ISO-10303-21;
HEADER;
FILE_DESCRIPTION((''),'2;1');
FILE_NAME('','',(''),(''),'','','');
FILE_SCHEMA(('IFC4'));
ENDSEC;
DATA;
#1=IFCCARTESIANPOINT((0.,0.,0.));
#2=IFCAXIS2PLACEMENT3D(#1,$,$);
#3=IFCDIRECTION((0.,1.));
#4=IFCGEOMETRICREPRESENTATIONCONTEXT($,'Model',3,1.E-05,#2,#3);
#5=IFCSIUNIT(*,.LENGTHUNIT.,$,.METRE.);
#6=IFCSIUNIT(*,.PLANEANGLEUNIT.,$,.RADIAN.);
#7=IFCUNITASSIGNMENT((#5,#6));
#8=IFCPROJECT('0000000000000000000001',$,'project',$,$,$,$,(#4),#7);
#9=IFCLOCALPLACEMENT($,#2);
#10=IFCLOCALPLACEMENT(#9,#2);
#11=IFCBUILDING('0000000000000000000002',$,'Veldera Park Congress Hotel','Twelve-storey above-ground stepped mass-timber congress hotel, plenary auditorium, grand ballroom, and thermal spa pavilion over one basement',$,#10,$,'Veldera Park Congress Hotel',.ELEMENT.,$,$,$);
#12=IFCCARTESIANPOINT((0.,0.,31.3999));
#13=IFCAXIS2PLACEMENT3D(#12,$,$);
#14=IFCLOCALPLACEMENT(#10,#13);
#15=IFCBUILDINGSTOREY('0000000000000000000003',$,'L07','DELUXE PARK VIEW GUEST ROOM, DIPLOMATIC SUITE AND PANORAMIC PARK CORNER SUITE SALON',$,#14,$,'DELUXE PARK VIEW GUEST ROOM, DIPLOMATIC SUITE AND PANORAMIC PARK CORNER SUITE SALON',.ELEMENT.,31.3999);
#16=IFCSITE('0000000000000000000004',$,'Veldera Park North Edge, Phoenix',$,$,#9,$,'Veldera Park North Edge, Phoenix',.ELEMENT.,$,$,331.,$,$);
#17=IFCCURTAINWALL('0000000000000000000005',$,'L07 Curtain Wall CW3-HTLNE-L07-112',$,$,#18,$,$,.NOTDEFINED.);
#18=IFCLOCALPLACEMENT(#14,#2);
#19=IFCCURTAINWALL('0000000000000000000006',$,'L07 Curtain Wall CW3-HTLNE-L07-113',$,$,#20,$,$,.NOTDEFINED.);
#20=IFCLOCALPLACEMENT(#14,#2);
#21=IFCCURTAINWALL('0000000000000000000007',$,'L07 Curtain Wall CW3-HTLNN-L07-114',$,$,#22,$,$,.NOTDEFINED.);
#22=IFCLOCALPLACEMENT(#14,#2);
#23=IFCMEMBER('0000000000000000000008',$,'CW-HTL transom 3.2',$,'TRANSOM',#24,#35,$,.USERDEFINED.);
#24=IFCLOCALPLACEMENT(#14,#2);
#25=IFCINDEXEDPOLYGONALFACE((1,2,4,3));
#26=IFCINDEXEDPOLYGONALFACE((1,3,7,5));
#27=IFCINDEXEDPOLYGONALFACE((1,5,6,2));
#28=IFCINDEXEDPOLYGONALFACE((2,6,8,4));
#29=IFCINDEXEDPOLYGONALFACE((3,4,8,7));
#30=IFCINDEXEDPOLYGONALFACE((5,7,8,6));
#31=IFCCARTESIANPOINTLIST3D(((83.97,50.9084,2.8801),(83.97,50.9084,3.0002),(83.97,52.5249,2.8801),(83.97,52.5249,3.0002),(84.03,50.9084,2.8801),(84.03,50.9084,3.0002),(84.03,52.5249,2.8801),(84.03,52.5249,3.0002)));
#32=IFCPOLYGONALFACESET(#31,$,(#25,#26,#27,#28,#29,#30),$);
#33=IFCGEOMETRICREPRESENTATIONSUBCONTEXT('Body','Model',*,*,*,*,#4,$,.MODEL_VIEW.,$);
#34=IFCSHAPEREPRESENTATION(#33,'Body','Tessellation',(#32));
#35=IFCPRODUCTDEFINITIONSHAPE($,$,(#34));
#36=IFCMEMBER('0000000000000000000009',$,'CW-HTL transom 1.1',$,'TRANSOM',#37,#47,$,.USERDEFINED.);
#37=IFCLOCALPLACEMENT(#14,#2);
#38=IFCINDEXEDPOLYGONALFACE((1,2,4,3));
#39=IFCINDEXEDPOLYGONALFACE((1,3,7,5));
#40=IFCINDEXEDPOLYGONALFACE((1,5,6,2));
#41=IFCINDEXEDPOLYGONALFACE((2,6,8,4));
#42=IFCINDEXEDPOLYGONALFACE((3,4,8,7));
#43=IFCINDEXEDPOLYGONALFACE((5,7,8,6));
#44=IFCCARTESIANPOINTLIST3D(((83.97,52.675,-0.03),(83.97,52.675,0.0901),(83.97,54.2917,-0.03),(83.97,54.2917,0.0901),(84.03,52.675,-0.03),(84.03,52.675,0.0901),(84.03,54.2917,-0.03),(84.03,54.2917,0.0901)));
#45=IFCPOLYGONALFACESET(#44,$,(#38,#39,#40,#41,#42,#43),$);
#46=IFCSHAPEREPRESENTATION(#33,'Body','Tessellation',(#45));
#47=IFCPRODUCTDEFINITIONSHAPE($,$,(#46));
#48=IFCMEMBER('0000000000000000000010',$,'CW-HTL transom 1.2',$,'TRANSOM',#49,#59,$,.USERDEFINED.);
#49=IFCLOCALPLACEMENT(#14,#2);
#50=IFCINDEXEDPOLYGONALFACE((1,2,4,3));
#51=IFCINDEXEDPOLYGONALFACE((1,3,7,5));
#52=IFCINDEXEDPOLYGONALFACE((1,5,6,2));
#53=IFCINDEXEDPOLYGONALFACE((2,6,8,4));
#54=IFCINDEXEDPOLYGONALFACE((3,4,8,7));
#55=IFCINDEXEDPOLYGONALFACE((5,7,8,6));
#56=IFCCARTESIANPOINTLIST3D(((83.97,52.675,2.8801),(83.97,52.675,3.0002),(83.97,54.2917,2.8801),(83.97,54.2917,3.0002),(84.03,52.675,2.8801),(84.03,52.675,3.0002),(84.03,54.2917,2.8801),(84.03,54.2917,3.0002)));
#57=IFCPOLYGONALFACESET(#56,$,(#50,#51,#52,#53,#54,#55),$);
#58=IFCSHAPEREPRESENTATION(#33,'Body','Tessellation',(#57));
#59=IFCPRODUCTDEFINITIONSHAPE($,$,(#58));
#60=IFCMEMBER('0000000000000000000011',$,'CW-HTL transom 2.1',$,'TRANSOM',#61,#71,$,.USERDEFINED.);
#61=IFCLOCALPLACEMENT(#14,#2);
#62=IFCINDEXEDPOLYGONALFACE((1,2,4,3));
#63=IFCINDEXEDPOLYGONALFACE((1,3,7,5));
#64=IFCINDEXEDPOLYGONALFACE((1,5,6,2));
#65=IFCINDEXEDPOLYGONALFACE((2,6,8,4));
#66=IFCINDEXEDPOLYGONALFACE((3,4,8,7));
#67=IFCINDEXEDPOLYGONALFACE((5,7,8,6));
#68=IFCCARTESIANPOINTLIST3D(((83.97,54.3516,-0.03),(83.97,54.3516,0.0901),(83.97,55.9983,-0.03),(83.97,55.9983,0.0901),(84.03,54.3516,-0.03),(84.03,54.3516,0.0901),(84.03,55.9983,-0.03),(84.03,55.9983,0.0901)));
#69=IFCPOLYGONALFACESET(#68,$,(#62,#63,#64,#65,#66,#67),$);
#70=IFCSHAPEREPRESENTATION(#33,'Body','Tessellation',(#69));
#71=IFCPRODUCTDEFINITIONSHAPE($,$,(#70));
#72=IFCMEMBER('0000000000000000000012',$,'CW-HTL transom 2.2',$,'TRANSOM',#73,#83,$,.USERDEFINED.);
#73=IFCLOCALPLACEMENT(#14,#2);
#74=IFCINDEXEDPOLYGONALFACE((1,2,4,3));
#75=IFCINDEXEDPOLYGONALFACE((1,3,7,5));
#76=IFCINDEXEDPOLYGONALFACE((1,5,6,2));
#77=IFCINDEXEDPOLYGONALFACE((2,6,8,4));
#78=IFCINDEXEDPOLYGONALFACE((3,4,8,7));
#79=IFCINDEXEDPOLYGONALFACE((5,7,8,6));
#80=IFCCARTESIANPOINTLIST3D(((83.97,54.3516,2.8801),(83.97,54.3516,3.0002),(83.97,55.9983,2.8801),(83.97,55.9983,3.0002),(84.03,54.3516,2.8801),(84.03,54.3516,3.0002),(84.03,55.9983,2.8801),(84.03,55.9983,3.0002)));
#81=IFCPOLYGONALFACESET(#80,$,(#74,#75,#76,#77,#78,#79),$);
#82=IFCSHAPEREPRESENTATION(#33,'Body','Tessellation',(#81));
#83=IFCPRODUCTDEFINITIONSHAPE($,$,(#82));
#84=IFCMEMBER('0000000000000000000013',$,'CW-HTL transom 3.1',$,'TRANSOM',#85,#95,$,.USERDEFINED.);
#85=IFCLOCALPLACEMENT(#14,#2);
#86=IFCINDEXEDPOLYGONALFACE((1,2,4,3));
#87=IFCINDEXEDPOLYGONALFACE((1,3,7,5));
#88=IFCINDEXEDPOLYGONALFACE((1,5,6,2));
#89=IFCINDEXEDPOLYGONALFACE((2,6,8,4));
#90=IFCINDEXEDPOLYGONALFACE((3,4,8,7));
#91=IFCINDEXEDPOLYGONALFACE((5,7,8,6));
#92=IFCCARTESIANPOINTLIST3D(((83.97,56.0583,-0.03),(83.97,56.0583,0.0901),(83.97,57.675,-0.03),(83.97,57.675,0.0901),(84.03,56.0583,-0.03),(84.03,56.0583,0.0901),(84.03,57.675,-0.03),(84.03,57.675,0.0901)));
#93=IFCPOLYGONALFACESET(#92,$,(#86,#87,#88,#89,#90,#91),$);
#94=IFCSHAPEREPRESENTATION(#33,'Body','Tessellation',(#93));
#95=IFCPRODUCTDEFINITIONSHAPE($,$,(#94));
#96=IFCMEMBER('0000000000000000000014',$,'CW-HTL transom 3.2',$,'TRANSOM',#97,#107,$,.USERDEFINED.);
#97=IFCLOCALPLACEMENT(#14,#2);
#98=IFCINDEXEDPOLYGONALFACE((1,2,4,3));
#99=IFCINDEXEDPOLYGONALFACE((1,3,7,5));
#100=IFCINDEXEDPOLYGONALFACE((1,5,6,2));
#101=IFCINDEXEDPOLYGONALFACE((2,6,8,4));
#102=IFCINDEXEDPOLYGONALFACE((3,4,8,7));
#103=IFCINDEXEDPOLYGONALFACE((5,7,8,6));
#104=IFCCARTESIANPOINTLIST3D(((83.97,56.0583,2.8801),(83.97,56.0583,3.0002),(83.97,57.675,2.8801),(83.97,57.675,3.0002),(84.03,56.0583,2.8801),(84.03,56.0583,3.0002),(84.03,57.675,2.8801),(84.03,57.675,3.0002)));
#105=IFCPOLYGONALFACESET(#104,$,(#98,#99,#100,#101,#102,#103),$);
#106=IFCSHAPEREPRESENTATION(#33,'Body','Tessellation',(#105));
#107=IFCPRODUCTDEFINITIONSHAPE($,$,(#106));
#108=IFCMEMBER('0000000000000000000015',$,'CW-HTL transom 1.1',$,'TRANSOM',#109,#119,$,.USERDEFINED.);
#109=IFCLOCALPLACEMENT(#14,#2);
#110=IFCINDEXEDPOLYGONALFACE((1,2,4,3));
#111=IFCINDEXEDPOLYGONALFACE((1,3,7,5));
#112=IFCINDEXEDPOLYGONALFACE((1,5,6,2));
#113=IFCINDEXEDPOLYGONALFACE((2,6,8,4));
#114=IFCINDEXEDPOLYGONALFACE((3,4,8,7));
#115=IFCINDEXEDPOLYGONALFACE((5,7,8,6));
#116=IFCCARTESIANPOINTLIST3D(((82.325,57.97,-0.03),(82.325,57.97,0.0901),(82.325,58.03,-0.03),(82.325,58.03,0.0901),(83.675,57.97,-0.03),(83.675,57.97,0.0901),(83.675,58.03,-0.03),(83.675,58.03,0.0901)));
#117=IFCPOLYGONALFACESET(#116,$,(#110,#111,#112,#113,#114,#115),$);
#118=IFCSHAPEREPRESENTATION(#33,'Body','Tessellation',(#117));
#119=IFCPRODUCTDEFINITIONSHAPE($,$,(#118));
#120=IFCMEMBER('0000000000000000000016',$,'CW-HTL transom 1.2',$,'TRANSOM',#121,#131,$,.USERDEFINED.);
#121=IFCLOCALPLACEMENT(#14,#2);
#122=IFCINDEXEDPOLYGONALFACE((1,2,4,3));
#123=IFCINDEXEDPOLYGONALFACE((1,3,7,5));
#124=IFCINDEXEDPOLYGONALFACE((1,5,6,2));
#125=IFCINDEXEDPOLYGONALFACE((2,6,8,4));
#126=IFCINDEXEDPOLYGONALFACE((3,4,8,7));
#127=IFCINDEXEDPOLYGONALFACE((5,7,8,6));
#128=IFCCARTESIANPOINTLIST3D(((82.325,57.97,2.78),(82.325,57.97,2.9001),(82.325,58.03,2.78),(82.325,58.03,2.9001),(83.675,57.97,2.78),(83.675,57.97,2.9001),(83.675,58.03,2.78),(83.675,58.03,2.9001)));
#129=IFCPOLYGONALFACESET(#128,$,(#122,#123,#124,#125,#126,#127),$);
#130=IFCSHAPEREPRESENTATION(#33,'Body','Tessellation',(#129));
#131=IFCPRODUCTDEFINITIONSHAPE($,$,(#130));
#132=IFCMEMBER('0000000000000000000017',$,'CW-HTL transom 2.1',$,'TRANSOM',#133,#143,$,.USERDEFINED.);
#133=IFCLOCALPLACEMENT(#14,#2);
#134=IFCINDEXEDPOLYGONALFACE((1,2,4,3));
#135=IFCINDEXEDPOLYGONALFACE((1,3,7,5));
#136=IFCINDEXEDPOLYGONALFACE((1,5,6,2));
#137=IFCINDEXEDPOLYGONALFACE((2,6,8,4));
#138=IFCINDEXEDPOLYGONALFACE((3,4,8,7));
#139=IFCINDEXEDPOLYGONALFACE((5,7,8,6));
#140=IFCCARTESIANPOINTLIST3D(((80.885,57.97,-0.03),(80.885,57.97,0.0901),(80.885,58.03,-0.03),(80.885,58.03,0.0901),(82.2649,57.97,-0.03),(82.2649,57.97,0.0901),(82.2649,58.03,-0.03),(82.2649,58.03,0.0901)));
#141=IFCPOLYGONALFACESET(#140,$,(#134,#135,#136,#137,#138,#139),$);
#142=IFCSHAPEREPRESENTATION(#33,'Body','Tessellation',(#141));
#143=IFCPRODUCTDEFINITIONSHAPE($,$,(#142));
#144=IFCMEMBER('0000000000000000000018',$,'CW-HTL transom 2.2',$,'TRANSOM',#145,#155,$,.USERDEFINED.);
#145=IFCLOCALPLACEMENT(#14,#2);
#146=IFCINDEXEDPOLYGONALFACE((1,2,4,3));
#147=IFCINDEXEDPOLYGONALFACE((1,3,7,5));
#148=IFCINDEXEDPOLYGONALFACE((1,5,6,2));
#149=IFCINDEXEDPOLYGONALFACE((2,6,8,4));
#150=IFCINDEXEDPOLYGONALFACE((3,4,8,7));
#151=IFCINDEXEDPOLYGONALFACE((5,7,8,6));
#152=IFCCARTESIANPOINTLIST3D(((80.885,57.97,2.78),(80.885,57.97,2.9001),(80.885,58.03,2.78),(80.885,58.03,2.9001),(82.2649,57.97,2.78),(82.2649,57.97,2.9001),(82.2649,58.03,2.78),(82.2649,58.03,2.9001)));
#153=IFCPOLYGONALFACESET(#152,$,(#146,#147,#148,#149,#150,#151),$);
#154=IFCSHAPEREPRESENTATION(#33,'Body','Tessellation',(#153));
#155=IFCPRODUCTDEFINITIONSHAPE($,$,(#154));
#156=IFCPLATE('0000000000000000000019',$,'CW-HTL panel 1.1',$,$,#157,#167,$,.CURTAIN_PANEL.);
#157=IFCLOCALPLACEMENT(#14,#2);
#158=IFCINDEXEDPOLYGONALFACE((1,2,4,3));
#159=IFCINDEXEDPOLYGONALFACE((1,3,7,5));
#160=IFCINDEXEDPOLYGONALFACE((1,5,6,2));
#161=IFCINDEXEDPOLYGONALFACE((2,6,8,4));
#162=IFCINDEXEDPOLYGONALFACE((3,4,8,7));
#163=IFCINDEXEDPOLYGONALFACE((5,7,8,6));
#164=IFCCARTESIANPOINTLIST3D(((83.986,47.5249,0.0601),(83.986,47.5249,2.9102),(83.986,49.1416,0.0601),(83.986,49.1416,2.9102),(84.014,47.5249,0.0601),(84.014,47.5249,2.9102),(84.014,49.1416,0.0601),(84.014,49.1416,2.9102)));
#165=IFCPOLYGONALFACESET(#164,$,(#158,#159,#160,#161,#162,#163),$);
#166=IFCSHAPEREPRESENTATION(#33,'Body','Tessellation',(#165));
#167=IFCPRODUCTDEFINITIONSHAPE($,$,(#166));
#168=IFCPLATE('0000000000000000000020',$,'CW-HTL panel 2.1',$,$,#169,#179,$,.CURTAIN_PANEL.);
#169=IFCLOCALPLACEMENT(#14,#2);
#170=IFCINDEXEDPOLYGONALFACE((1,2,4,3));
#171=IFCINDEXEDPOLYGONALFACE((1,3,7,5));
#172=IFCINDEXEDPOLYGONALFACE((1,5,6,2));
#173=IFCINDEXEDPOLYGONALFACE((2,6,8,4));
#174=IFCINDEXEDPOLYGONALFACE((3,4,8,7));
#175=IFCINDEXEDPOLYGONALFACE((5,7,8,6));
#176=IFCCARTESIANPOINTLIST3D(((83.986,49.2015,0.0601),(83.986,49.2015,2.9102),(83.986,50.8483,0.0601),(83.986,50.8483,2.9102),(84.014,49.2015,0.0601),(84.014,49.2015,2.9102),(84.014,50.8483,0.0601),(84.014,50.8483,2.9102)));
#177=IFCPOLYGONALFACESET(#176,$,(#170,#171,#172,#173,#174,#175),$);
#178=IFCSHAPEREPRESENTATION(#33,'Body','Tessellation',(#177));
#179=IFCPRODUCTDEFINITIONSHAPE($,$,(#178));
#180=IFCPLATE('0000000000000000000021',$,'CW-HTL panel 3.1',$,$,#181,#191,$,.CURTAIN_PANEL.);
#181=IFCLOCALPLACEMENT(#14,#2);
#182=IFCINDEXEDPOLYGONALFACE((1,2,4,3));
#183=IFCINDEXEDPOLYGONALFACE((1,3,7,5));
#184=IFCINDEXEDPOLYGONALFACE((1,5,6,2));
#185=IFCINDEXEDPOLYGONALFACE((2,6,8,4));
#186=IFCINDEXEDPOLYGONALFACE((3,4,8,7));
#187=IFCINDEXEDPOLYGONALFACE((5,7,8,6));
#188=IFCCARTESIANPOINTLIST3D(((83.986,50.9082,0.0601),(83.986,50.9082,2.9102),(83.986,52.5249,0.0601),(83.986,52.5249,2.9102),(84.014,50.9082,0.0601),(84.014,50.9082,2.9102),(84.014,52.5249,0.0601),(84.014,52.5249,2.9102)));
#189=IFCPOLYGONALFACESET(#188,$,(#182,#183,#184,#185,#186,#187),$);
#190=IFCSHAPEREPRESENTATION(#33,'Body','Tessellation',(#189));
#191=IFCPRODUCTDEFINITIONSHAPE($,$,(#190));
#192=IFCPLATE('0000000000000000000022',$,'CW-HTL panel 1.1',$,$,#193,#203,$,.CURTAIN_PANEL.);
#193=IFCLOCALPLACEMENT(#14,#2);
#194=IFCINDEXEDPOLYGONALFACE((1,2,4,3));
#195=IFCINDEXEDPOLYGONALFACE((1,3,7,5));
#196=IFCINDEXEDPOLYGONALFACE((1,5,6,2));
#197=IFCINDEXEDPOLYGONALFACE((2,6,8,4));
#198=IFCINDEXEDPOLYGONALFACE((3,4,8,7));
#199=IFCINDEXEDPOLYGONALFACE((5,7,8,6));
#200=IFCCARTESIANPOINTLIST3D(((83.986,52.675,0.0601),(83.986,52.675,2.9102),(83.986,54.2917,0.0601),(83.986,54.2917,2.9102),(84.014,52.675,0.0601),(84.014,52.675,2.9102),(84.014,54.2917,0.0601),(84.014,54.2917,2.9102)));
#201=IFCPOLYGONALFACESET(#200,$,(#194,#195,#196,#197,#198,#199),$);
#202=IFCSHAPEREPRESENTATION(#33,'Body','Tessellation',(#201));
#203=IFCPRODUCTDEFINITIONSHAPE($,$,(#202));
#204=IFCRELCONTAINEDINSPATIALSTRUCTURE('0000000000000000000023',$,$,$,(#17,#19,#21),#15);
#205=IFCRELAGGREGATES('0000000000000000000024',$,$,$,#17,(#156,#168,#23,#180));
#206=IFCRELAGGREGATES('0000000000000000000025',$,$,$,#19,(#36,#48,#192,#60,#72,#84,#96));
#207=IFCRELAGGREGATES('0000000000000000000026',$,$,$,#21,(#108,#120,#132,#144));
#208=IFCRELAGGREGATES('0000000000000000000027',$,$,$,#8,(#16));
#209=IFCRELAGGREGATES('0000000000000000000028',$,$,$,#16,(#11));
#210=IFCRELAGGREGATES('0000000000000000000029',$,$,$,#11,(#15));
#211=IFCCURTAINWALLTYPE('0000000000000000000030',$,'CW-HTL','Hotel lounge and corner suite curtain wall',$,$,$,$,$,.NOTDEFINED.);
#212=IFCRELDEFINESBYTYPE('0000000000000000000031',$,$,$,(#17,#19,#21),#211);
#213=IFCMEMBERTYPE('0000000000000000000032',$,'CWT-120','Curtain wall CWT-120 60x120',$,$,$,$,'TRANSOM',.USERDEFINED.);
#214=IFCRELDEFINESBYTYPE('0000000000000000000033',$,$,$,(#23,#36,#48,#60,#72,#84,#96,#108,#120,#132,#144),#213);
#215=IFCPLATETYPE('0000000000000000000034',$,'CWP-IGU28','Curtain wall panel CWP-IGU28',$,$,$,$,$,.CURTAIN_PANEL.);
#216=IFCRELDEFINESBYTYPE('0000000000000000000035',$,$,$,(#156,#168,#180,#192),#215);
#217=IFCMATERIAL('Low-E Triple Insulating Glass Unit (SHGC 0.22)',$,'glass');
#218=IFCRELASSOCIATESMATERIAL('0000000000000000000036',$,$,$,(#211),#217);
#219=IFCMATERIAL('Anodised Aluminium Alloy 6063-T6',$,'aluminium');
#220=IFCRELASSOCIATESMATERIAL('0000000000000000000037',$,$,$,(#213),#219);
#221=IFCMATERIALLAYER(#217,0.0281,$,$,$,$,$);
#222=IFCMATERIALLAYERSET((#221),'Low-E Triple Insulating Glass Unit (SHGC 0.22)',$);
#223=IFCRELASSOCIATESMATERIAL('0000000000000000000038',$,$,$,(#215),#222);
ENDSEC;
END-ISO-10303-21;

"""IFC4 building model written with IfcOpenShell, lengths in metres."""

from ifc_helpers import new_model, si_unit, direction, frame, origin, origin_2d, place, context, subcontext, project, spatial, rectangle, extrude, material, layer, layer_set, material_profile, profile_set, type_object, element, aggregate, save


model = new_model("IFC4")

# Units and contexts
model_context = context("Model", 3, precision=1e-05, world=origin(), true_north=direction((0.0, 1.0)))
body_context = subcontext(model_context, "Body", "Model", "MODEL_VIEW")
ifc_project = project(units=[si_unit("LENGTHUNIT", "METRE"), si_unit("PLANEANGLEUNIT", "RADIAN")], contexts=[model_context])

# Site, building, storey
site_placement = place(None, origin())
site = spatial("IfcSite", under=ifc_project, at=site_placement, Name="Veldera Park North Edge, Phoenix", LongName="Veldera Park North Edge, Phoenix", CompositionType="ELEMENT", RefElevation=331.0)
building_placement = place(site_placement, origin())
building = spatial("IfcBuilding", under=site, at=building_placement, Name="Veldera Park Congress Hotel", Description="Twelve-storey above-ground stepped mass-timber congress hotel, plenary auditorium, grand ballroom, and thermal spa pavilion over one basement", LongName="Veldera Park Congress Hotel", CompositionType="ELEMENT")
storey_placement = place(building_placement, frame((0.0, 0.0, 31.3999)))
storey = spatial("IfcBuildingStorey", under=building, at=storey_placement, Name="L07", Description="DELUXE PARK VIEW GUEST ROOM, DIPLOMATIC SUITE AND PANORAMIC PARK CORNER SUITE SALON", LongName="DELUXE PARK VIEW GUEST ROOM, DIPLOMATIC SUITE AND PANORAMIC PARK CORNER SUITE SALON", CompositionType="ELEMENT", Elevation=31.3999)

# Curtain walls
ifc_material_1 = material(Name="Low-E Triple Insulating Glass Unit (SHGC 0.22)", Category="glass")
curtain_wall_type = type_object("IfcCurtainWallType", Name="CW-HTL", Description="Hotel lounge and corner suite curtain wall", PredefinedType="NOTDEFINED", material=ifc_material_1)
curtain_wall_1_placement = place(storey_placement, origin())
curtain_wall_1 = element("IfcCurtainWall", 1, at=curtain_wall_1_placement, inside=storey, type_object=curtain_wall_type, Name="L07 Curtain Wall CW3-HTLNE-L07-112", PredefinedType="NOTDEFINED")
ifc_material_2 = material(Name="Anodised Aluminium Alloy 6063-T6", Category="aluminium")
curtain_wall_2_placement = place(storey_placement, origin())
curtain_wall_2 = element("IfcCurtainWall", 2, at=curtain_wall_2_placement, inside=storey, type_object=curtain_wall_type, Name="L07 Curtain Wall CW3-HTLNE-L07-113", PredefinedType="NOTDEFINED")
curtain_wall_3_placement = place(storey_placement, origin())
curtain_wall_3 = element("IfcCurtainWall", 3, at=curtain_wall_3_placement, inside=storey, type_object=curtain_wall_type, Name="L07 Curtain Wall CW3-HTLNN-L07-114", PredefinedType="NOTDEFINED")

# Members
ifc_material_profile_1 = material_profile(ifc_material_2, rectangle(XDim=0.0601, YDim=0.1201, at=origin_2d()), Name="ALU 60x120")
ifc_profile_set_1 = profile_set([ifc_material_profile_1], Name="Anodised Aluminium Alloy 6063-T6")
member_type_1 = type_object("IfcMemberType", Name="CWT-120", Description="Curtain wall CWT-120 60x120", ElementType="TRANSOM", PredefinedType="USERDEFINED", material=ifc_profile_set_1)
member_1_placement = place(storey_placement, frame((84.0, 50.9084, 2.9402), z_axis=(0.0, 1.0, 0.0), x_axis=(-1.0, 0.0, 0.0)))
member_1 = element("IfcMember", 4, at=member_1_placement, type_object=member_type_1, Name="CW-HTL transom 3.2", ObjectType="TRANSOM", PredefinedType="USERDEFINED", context=body_context, shape_type="SweptSolid", body=[
    extrude(rectangle(XDim=0.0601, YDim=0.1201, at=origin_2d()), origin(), (0.0, 0.0, 1.0), 1.6165),
])
member_2_placement = place(storey_placement, frame((84.0, 52.675, 0.03), z_axis=(0.0, 1.0, 0.0), x_axis=(-1.0, 0.0, 0.0)))
member_2 = element("IfcMember", 5, at=member_2_placement, type_object=member_type_1, Name="CW-HTL transom 1.1", ObjectType="TRANSOM", PredefinedType="USERDEFINED", context=body_context, shape_type="SweptSolid", body=[
    extrude(rectangle(XDim=0.0601, YDim=0.1201, at=origin_2d()), origin(), (0.0, 0.0, 1.0), 1.6167),
])
member_3_placement = place(storey_placement, frame((84.0, 52.675, 2.9402), z_axis=(0.0, 1.0, 0.0), x_axis=(-1.0, 0.0, 0.0)))
member_3 = element("IfcMember", 6, at=member_3_placement, type_object=member_type_1, Name="CW-HTL transom 1.2", ObjectType="TRANSOM", PredefinedType="USERDEFINED", context=body_context, shape_type="SweptSolid", body=[
    extrude(rectangle(XDim=0.0601, YDim=0.1201, at=origin_2d()), origin(), (0.0, 0.0, 1.0), 1.6167),
])
member_4_placement = place(storey_placement, frame((84.0, 54.3516, 0.03), z_axis=(0.0, 1.0, 0.0), x_axis=(-1.0, 0.0, 0.0)))
member_4 = element("IfcMember", 7, at=member_4_placement, type_object=member_type_1, Name="CW-HTL transom 2.1", ObjectType="TRANSOM", PredefinedType="USERDEFINED", context=body_context, shape_type="SweptSolid", body=[
    extrude(rectangle(XDim=0.0601, YDim=0.1201, at=origin_2d()), origin(), (0.0, 0.0, 1.0), 1.6467),
])
member_5_placement = place(storey_placement, frame((84.0, 54.3516, 2.9402), z_axis=(0.0, 1.0, 0.0), x_axis=(-1.0, 0.0, 0.0)))
member_5 = element("IfcMember", 8, at=member_5_placement, type_object=member_type_1, Name="CW-HTL transom 2.2", ObjectType="TRANSOM", PredefinedType="USERDEFINED", context=body_context, shape_type="SweptSolid", body=[
    extrude(rectangle(XDim=0.0601, YDim=0.1201, at=origin_2d()), origin(), (0.0, 0.0, 1.0), 1.6467),
])
member_6_placement = place(storey_placement, frame((84.0, 56.0583, 0.03), z_axis=(0.0, 1.0, 0.0), x_axis=(-1.0, 0.0, 0.0)))
member_6 = element("IfcMember", 9, at=member_6_placement, type_object=member_type_1, Name="CW-HTL transom 3.1", ObjectType="TRANSOM", PredefinedType="USERDEFINED", context=body_context, shape_type="SweptSolid", body=[
    extrude(rectangle(XDim=0.0601, YDim=0.1201, at=origin_2d()), origin(), (0.0, 0.0, 1.0), 1.6167),
])
member_7_placement = place(storey_placement, frame((84.0, 56.0583, 2.9402), z_axis=(0.0, 1.0, 0.0), x_axis=(-1.0, 0.0, 0.0)))
member_7 = element("IfcMember", 10, at=member_7_placement, type_object=member_type_1, Name="CW-HTL transom 3.2", ObjectType="TRANSOM", PredefinedType="USERDEFINED", context=body_context, shape_type="SweptSolid", body=[
    extrude(rectangle(XDim=0.0601, YDim=0.1201, at=origin_2d()), origin(), (0.0, 0.0, 1.0), 1.6167),
])
member_8_placement = place(storey_placement, frame((83.675, 58.0, 0.03), z_axis=(-1.0, 0.0, 0.0), x_axis=(0.0, -1.0, 0.0)))
member_8 = element("IfcMember", 11, at=member_8_placement, type_object=member_type_1, Name="CW-HTL transom 1.1", ObjectType="TRANSOM", PredefinedType="USERDEFINED", context=body_context, shape_type="SweptSolid", body=[
    extrude(rectangle(XDim=0.0601, YDim=0.1201, at=origin_2d()), origin(), (0.0, 0.0, 1.0), 1.3501),
])
member_9_placement = place(storey_placement, frame((83.675, 58.0, 2.8401), z_axis=(-1.0, 0.0, 0.0), x_axis=(0.0, -1.0, 0.0)))
member_9 = element("IfcMember", 12, at=member_9_placement, type_object=member_type_1, Name="CW-HTL transom 1.2", ObjectType="TRANSOM", PredefinedType="USERDEFINED", context=body_context, shape_type="SweptSolid", body=[
    extrude(rectangle(XDim=0.0601, YDim=0.1201, at=origin_2d()), origin(), (0.0, 0.0, 1.0), 1.3501),
])
member_10_placement = place(storey_placement, frame((82.2649, 58.0, 0.03), z_axis=(-1.0, 0.0, 0.0), x_axis=(0.0, -1.0, 0.0)))
member_10 = element("IfcMember", 13, at=member_10_placement, type_object=member_type_1, Name="CW-HTL transom 2.1", ObjectType="TRANSOM", PredefinedType="USERDEFINED", context=body_context, shape_type="SweptSolid", body=[
    extrude(rectangle(XDim=0.0601, YDim=0.1201, at=origin_2d()), origin(), (0.0, 0.0, 1.0), 1.3799),
])
member_11_placement = place(storey_placement, frame((82.2649, 58.0, 2.8401), z_axis=(-1.0, 0.0, 0.0), x_axis=(0.0, -1.0, 0.0)))
member_11 = element("IfcMember", 14, at=member_11_placement, type_object=member_type_1, Name="CW-HTL transom 2.2", ObjectType="TRANSOM", PredefinedType="USERDEFINED", context=body_context, shape_type="SweptSolid", body=[
    extrude(rectangle(XDim=0.0601, YDim=0.1201, at=origin_2d()), origin(), (0.0, 0.0, 1.0), 1.3799),
])

# Plates
ifc_layer = layer(ifc_material_1, 0.0281)
ifc_layer_set = layer_set([ifc_layer], Name="Low-E Triple Insulating Glass Unit (SHGC 0.22)")
plate_type = type_object("IfcPlateType", Name="CWP-IGU28", Description="Curtain wall panel CWP-IGU28", PredefinedType="CURTAIN_PANEL", material=ifc_layer_set)
plate_1_placement = place(storey_placement, frame((84.0, 48.3333, 0.0601), z_axis=(0.0, 0.0, 1.0), x_axis=(0.0, 1.0, 0.0)))
plate_1 = element("IfcPlate", 15, at=plate_1_placement, type_object=plate_type, Name="CW-HTL panel 1.1", PredefinedType="CURTAIN_PANEL", context=body_context, shape_type="SweptSolid", body=[
    extrude(rectangle(XDim=1.6167, YDim=0.0281, at=origin_2d()), origin(), (0.0, 0.0, 1.0), 2.8501),
])
plate_2_placement = place(storey_placement, frame((84.0, 50.0249, 0.0601), z_axis=(0.0, 0.0, 1.0), x_axis=(0.0, 1.0, 0.0)))
plate_2 = element("IfcPlate", 16, at=plate_2_placement, type_object=plate_type, Name="CW-HTL panel 2.1", PredefinedType="CURTAIN_PANEL", context=body_context, shape_type="SweptSolid", body=[
    extrude(rectangle(XDim=1.6467, YDim=0.0281, at=origin_2d()), origin(), (0.0, 0.0, 1.0), 2.8501),
])
plate_3_placement = place(storey_placement, frame((84.0, 51.7166, 0.0601), z_axis=(0.0, 0.0, 1.0), x_axis=(0.0, 1.0, 0.0)))
plate_3 = element("IfcPlate", 17, at=plate_3_placement, type_object=plate_type, Name="CW-HTL panel 3.1", PredefinedType="CURTAIN_PANEL", context=body_context, shape_type="SweptSolid", body=[
    extrude(rectangle(XDim=1.6167, YDim=0.0281, at=origin_2d()), origin(), (0.0, 0.0, 1.0), 2.8501),
])
aggregate(curtain_wall_1, [plate_1, plate_2, member_1, plate_3])
plate_4_placement = place(storey_placement, frame((84.0, 53.4834, 0.0601), z_axis=(0.0, 0.0, 1.0), x_axis=(0.0, 1.0, 0.0)))
plate_4 = element("IfcPlate", 18, at=plate_4_placement, type_object=plate_type, Name="CW-HTL panel 1.1", PredefinedType="CURTAIN_PANEL", context=body_context, shape_type="SweptSolid", body=[
    extrude(rectangle(XDim=1.6167, YDim=0.0281, at=origin_2d()), origin(), (0.0, 0.0, 1.0), 2.8501),
])
aggregate(curtain_wall_2, [member_2, member_3, plate_4, member_4, member_5, member_6, member_7])
aggregate(curtain_wall_3, [member_8, member_9, member_10, member_11])

save(model, "model.ifc")
